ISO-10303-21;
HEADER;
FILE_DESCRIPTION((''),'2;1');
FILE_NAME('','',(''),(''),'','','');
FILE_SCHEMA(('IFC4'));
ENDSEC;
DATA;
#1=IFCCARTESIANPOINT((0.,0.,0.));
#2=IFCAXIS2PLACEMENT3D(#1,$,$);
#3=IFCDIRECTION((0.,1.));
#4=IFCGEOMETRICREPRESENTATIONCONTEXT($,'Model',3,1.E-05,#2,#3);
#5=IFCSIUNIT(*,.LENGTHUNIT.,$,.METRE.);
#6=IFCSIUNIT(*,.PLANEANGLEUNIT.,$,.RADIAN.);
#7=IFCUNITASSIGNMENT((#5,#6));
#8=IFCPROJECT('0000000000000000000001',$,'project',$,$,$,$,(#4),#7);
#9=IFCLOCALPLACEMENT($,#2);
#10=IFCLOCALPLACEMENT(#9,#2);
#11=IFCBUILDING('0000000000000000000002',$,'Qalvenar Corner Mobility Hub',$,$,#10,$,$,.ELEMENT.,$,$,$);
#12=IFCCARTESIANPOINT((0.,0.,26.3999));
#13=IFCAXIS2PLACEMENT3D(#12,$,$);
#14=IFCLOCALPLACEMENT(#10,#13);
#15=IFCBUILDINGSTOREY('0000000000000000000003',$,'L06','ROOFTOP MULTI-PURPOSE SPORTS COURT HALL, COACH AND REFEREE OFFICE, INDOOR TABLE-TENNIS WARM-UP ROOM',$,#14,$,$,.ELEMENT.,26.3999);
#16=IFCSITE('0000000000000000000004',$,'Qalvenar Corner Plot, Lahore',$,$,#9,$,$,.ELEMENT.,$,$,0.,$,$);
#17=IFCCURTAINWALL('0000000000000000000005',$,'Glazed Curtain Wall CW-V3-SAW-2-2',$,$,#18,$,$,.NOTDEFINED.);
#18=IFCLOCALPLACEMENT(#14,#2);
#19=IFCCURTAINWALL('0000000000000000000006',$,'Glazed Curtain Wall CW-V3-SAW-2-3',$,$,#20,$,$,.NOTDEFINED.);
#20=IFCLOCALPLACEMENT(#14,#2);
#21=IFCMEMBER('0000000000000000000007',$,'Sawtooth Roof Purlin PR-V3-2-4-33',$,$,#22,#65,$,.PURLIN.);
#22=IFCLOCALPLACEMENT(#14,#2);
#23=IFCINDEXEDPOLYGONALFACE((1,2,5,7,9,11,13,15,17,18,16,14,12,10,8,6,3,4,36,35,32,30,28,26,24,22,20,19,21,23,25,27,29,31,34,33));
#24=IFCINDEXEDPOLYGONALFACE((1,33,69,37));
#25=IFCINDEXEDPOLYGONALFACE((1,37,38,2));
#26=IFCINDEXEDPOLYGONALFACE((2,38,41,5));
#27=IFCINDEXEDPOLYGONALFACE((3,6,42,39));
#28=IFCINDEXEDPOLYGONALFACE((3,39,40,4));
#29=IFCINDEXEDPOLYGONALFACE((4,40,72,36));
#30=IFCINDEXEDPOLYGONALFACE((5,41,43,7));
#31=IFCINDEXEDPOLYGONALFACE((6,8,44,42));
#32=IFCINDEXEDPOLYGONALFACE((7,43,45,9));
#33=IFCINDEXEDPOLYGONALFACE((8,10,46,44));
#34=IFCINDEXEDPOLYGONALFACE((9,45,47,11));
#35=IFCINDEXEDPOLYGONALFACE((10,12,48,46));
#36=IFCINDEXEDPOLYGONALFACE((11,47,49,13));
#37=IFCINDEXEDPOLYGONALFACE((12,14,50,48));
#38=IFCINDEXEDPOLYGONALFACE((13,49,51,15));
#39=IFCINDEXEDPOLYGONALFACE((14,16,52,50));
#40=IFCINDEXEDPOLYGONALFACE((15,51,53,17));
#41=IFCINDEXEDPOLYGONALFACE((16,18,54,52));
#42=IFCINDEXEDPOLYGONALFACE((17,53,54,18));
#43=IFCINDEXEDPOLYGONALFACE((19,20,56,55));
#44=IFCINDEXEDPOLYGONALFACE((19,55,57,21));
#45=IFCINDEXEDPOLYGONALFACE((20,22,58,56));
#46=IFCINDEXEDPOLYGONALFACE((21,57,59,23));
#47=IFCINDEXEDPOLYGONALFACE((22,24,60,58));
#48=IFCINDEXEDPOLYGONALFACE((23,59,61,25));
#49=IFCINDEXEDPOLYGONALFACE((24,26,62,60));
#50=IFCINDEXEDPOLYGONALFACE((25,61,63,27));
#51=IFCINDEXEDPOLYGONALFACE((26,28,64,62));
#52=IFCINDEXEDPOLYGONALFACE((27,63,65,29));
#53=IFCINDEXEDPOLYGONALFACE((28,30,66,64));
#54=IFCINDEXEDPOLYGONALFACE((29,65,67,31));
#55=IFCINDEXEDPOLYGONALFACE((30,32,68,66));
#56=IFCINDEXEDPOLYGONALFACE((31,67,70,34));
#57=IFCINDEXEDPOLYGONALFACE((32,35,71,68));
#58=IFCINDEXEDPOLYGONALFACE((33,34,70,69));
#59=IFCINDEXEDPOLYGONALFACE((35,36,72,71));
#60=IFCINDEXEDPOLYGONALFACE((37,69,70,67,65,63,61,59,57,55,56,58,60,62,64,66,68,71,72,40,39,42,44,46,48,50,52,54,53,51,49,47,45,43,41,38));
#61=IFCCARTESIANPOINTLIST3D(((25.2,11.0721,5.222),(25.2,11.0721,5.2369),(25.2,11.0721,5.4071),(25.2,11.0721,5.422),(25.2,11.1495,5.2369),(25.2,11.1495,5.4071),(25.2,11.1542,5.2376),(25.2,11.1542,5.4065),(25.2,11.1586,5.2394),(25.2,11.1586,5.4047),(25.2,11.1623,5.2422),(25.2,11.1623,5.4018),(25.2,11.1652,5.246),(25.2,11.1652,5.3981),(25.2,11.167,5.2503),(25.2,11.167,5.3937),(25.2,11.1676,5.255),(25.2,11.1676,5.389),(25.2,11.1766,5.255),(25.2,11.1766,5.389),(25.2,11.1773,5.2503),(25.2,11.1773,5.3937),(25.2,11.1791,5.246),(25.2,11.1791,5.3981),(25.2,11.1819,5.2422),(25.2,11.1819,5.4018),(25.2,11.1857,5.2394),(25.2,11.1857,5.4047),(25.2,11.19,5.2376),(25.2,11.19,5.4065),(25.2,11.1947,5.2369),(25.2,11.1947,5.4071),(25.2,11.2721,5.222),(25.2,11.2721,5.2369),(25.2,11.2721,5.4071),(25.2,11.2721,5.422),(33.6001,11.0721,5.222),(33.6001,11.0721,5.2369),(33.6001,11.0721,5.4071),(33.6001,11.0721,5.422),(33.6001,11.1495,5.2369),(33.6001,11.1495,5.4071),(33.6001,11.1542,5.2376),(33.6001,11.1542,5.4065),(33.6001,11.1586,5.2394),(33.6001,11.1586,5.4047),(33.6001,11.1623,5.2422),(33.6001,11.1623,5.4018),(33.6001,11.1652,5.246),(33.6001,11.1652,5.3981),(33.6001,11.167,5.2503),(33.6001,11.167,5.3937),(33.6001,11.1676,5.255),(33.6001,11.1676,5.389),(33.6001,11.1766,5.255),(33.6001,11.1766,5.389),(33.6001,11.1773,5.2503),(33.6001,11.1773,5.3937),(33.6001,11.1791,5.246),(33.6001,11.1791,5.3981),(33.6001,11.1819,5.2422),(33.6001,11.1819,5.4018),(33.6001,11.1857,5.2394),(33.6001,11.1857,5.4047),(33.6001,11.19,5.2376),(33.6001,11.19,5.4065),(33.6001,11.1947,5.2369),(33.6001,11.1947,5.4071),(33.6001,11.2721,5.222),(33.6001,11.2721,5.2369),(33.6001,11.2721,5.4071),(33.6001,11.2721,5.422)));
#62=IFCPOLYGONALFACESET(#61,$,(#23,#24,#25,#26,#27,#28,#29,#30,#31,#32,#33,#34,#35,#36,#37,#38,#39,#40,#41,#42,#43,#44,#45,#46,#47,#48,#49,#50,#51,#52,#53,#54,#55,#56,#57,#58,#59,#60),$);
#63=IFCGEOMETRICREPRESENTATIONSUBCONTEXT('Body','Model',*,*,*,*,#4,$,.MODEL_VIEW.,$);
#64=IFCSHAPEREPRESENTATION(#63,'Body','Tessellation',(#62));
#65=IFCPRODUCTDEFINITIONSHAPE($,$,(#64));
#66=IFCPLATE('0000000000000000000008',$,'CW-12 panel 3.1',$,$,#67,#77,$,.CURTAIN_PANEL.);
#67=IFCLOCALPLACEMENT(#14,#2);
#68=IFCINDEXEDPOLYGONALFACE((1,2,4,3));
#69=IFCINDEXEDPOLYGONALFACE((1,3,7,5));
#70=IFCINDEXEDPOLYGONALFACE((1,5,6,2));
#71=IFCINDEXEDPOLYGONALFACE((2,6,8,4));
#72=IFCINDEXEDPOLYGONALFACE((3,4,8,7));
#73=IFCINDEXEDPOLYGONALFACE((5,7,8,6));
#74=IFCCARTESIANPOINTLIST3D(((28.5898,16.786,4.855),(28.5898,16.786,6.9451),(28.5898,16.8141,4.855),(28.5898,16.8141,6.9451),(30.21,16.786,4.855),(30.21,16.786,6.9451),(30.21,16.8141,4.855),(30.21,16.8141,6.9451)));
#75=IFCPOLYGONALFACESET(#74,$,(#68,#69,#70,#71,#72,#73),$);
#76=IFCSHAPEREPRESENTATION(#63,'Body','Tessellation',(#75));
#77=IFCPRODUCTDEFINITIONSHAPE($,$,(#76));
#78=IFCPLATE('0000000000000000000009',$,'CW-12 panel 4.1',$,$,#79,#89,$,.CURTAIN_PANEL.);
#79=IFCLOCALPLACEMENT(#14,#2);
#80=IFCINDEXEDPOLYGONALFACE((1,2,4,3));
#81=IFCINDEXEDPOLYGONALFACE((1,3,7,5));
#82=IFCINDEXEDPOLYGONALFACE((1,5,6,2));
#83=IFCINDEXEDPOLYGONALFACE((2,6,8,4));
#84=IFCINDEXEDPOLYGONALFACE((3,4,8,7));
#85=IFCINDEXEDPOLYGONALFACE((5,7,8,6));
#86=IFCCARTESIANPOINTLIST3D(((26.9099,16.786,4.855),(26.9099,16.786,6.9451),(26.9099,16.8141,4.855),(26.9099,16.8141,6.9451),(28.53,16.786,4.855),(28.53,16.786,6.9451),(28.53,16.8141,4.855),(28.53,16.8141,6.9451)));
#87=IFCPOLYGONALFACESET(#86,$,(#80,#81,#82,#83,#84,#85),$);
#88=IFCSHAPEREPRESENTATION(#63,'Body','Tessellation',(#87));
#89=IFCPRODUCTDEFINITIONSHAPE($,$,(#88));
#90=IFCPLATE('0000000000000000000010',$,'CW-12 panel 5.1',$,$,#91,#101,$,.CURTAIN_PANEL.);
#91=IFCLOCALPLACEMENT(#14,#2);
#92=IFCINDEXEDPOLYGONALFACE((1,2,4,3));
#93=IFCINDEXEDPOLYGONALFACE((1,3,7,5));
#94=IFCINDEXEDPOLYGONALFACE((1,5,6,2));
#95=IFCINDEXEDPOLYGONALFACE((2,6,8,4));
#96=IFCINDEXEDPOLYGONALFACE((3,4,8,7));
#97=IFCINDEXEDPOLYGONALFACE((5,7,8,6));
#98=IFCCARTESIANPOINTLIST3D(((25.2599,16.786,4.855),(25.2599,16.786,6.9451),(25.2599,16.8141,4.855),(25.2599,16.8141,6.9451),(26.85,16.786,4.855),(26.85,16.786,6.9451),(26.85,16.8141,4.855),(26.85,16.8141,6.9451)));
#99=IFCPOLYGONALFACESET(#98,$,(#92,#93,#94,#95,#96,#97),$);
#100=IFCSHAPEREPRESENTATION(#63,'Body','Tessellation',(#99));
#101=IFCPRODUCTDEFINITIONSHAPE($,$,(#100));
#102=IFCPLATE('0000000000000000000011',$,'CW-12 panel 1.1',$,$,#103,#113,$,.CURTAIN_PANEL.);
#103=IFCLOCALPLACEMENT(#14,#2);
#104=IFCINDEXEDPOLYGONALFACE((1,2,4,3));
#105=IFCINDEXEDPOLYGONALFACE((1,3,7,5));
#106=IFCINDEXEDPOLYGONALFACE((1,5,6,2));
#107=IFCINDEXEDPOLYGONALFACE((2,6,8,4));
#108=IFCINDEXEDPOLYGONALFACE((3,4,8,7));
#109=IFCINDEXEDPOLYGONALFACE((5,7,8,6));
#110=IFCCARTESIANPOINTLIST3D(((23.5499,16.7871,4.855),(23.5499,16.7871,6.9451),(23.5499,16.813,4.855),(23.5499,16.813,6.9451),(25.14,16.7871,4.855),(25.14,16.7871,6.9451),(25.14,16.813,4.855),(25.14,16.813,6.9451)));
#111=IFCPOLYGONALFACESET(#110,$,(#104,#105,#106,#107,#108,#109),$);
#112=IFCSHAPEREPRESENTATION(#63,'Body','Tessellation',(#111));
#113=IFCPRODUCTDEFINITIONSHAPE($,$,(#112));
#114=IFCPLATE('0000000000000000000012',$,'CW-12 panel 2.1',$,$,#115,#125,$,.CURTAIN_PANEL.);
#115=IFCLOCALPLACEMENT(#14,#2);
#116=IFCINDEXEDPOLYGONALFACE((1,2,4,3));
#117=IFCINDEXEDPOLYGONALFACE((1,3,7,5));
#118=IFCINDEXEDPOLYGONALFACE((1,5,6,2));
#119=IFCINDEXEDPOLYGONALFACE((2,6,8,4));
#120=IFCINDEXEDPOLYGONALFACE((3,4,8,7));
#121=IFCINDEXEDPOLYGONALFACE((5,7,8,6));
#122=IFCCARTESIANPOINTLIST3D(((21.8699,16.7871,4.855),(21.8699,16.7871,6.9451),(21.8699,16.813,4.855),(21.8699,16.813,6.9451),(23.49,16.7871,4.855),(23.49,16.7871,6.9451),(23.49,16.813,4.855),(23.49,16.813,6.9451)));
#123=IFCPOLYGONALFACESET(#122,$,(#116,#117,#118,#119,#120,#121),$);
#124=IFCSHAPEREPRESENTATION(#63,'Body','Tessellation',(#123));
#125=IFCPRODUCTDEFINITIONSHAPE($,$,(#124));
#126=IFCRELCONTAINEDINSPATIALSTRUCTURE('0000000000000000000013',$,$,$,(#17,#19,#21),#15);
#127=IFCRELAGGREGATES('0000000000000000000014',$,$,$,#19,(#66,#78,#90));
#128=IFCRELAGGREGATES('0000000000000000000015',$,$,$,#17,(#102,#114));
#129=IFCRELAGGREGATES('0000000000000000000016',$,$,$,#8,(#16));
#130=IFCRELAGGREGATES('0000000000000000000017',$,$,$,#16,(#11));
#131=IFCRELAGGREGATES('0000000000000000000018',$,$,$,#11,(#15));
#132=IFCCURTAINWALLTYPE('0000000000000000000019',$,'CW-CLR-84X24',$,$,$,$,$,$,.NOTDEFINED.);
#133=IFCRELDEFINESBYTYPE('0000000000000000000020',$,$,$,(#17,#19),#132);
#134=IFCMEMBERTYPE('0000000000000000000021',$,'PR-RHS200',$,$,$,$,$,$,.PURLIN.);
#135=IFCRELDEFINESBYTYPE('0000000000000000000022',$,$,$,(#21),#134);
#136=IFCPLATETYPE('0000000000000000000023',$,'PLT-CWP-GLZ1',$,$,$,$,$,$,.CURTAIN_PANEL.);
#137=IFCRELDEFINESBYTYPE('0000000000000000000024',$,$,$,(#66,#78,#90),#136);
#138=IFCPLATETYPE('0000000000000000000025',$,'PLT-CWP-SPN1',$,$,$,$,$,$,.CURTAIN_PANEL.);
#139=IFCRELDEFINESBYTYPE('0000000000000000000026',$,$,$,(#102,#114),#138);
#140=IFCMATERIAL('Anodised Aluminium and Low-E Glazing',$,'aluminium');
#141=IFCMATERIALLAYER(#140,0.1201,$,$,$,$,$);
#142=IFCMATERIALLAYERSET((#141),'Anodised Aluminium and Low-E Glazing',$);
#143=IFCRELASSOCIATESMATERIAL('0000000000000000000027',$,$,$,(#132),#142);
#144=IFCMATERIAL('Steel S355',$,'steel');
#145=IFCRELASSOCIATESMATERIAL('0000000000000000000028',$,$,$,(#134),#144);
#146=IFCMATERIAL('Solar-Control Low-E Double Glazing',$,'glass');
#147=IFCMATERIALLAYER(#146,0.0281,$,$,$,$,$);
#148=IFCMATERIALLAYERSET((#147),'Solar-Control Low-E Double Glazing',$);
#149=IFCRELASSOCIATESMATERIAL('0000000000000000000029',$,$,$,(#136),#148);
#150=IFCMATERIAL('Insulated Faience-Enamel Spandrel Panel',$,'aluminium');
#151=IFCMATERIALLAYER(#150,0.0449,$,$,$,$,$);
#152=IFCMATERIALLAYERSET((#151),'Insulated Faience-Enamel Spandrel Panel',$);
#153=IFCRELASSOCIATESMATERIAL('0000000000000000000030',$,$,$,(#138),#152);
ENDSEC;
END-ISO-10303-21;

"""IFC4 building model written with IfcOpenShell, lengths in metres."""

from ifc_helpers import new_model, si_unit, direction, frame, origin, origin_2d, place, context, subcontext, project, spatial, rectangle, i_section, extrude, material, layer, layer_set, material_profile, profile_set, type_object, element, aggregate, save


model = new_model("IFC4")

# Units and contexts
model_context = context("Model", 3, precision=1e-05, world=origin(), true_north=direction((0.0, 1.0)))
body_context = subcontext(model_context, "Body", "Model", "MODEL_VIEW")
ifc_project = project(units=[si_unit("LENGTHUNIT", "METRE"), si_unit("PLANEANGLEUNIT", "RADIAN")], contexts=[model_context])

# Site, building, storey
site_placement = place(None, origin())
site = spatial("IfcSite", under=ifc_project, at=site_placement, Name="Qalvenar Corner Plot, Lahore", CompositionType="ELEMENT", RefElevation=0.0)
building_placement = place(site_placement, origin())
building = spatial("IfcBuilding", under=site, at=building_placement, Name="Qalvenar Corner Mobility Hub", CompositionType="ELEMENT")
storey_placement = place(building_placement, frame((0.0, 0.0, 26.3999)))
storey = spatial("IfcBuildingStorey", under=building, at=storey_placement, Name="L06", Description="ROOFTOP MULTI-PURPOSE SPORTS COURT HALL, COACH AND REFEREE OFFICE, INDOOR TABLE-TENNIS WARM-UP ROOM", CompositionType="ELEMENT", Elevation=26.3999)

# Shared definitions
ifc_material_1 = material(Name="Steel S355", Category="steel")

# Curtain walls
ifc_material_2 = material(Name="Anodised Aluminium and Low-E Glazing", Category="aluminium")
ifc_layer_1 = layer(ifc_material_2, 0.1201)
ifc_layer_set_1 = layer_set([ifc_layer_1], Name="Anodised Aluminium and Low-E Glazing")
curtain_wall_type = type_object("IfcCurtainWallType", Name="CW-CLR-84X24", PredefinedType="NOTDEFINED", material=ifc_layer_set_1)
curtain_wall_1_placement = place(storey_placement, origin())
curtain_wall_1 = element("IfcCurtainWall", 1, at=curtain_wall_1_placement, inside=storey, type_object=curtain_wall_type, Name="Glazed Curtain Wall CW-V3-SAW-2-2", PredefinedType="NOTDEFINED")
curtain_wall_2_placement = place(storey_placement, origin())
curtain_wall_2 = element("IfcCurtainWall", 2, at=curtain_wall_2_placement, inside=storey, type_object=curtain_wall_type, Name="Glazed Curtain Wall CW-V3-SAW-2-3", PredefinedType="NOTDEFINED")

# Member
ifc_material_profile_1 = material_profile(ifc_material_1, i_section(OverallWidth=0.2, OverallDepth=0.2, WebThickness=0.009, FlangeThickness=0.0149, FilletRadius=0.0181, at=origin_2d()), Name="HEB200")
ifc_profile_set_1 = profile_set([ifc_material_profile_1], Name="Steel S355")
member_type_1 = type_object("IfcMemberType", Name="PR-RHS200", PredefinedType="PURLIN", material=ifc_profile_set_1)
member_1_placement = place(storey_placement, frame((25.2, 11.1721, 5.322), z_axis=(1.0, 0.0, 0.0), x_axis=(0.0, 1.0, 0.0)))
element("IfcMember", 3, at=member_1_placement, inside=storey, type_object=member_type_1, Name="Sawtooth Roof Purlin PR-V3-2-4-33", PredefinedType="PURLIN", context=body_context, shape_type="SweptSolid", body=[
    extrude(i_section(OverallWidth=0.2, OverallDepth=0.2, WebThickness=0.009, FlangeThickness=0.0149, FilletRadius=0.0181, at=origin_2d()), origin(), (0.0, 0.0, 1.0), 8.4001),
])

# Plates
ifc_material_3 = material(Name="Solar-Control Low-E Double Glazing", Category="glass")
ifc_layer_2 = layer(ifc_material_3, 0.0281)
ifc_layer_set_2 = layer_set([ifc_layer_2], Name="Solar-Control Low-E Double Glazing")
plate_type_1 = type_object("IfcPlateType", Name="PLT-CWP-GLZ1", PredefinedType="CURTAIN_PANEL", material=ifc_layer_set_2)
plate_1_placement = place(storey_placement, frame((29.3999, 16.8, 4.855), z_axis=(0.0, 0.0, 1.0), x_axis=(-1.0, 0.0, 0.0)))
plate_1 = element("IfcPlate", 4, at=plate_1_placement, type_object=plate_type_1, Name="CW-12 panel 3.1", PredefinedType="CURTAIN_PANEL", context=body_context, shape_type="SweptSolid", body=[
    extrude(rectangle(XDim=1.6201, YDim=0.0281, at=origin_2d()), origin(), (0.0, 0.0, 1.0), 2.0901),
])
plate_2_placement = place(storey_placement, frame((27.72, 16.8, 4.855), z_axis=(0.0, 0.0, 1.0), x_axis=(-1.0, 0.0, 0.0)))
plate_2 = element("IfcPlate", 5, at=plate_2_placement, type_object=plate_type_1, Name="CW-12 panel 4.1", PredefinedType="CURTAIN_PANEL", context=body_context, shape_type="SweptSolid", body=[
    extrude(rectangle(XDim=1.6201, YDim=0.0281, at=origin_2d()), origin(), (0.0, 0.0, 1.0), 2.0901),
])
plate_3_placement = place(storey_placement, frame((26.0549, 16.8, 4.855), z_axis=(0.0, 0.0, 1.0), x_axis=(-1.0, 0.0, 0.0)))
plate_3 = element("IfcPlate", 6, at=plate_3_placement, type_object=plate_type_1, Name="CW-12 panel 5.1", PredefinedType="CURTAIN_PANEL", context=body_context, shape_type="SweptSolid", body=[
    extrude(rectangle(XDim=1.5901, YDim=0.0281, at=origin_2d()), origin(), (0.0, 0.0, 1.0), 2.0901),
])
aggregate(curtain_wall_2, [plate_1, plate_2, plate_3])
ifc_material_4 = material(Name="Insulated Faience-Enamel Spandrel Panel", Category="aluminium")
ifc_layer_3 = layer(ifc_material_4, 0.0449)
ifc_layer_set_3 = layer_set([ifc_layer_3], Name="Insulated Faience-Enamel Spandrel Panel")
plate_type_2 = type_object("IfcPlateType", Name="PLT-CWP-SPN1", PredefinedType="CURTAIN_PANEL", material=ifc_layer_set_3)
plate_4_placement = place(storey_placement, frame((24.345, 16.8, 4.855), z_axis=(0.0, 0.0, 1.0), x_axis=(-1.0, 0.0, 0.0)))
plate_4 = element("IfcPlate", 7, at=plate_4_placement, type_object=plate_type_2, Name="CW-12 panel 1.1", PredefinedType="CURTAIN_PANEL", context=body_context, shape_type="SweptSolid", body=[
    extrude(rectangle(XDim=1.5901, YDim=0.0259, at=origin_2d()), origin(), (0.0, 0.0, 1.0), 2.0901),
])
plate_5_placement = place(storey_placement, frame((22.6799, 16.8, 4.855), z_axis=(0.0, 0.0, 1.0), x_axis=(-1.0, 0.0, 0.0)))
plate_5 = element("IfcPlate", 8, at=plate_5_placement, type_object=plate_type_2, Name="CW-12 panel 2.1", PredefinedType="CURTAIN_PANEL", context=body_context, shape_type="SweptSolid", body=[
    extrude(rectangle(XDim=1.6201, YDim=0.0259, at=origin_2d()), origin(), (0.0, 0.0, 1.0), 2.0901),
])
aggregate(curtain_wall_1, [plate_4, plate_5])

save(model, "model.ifc")
